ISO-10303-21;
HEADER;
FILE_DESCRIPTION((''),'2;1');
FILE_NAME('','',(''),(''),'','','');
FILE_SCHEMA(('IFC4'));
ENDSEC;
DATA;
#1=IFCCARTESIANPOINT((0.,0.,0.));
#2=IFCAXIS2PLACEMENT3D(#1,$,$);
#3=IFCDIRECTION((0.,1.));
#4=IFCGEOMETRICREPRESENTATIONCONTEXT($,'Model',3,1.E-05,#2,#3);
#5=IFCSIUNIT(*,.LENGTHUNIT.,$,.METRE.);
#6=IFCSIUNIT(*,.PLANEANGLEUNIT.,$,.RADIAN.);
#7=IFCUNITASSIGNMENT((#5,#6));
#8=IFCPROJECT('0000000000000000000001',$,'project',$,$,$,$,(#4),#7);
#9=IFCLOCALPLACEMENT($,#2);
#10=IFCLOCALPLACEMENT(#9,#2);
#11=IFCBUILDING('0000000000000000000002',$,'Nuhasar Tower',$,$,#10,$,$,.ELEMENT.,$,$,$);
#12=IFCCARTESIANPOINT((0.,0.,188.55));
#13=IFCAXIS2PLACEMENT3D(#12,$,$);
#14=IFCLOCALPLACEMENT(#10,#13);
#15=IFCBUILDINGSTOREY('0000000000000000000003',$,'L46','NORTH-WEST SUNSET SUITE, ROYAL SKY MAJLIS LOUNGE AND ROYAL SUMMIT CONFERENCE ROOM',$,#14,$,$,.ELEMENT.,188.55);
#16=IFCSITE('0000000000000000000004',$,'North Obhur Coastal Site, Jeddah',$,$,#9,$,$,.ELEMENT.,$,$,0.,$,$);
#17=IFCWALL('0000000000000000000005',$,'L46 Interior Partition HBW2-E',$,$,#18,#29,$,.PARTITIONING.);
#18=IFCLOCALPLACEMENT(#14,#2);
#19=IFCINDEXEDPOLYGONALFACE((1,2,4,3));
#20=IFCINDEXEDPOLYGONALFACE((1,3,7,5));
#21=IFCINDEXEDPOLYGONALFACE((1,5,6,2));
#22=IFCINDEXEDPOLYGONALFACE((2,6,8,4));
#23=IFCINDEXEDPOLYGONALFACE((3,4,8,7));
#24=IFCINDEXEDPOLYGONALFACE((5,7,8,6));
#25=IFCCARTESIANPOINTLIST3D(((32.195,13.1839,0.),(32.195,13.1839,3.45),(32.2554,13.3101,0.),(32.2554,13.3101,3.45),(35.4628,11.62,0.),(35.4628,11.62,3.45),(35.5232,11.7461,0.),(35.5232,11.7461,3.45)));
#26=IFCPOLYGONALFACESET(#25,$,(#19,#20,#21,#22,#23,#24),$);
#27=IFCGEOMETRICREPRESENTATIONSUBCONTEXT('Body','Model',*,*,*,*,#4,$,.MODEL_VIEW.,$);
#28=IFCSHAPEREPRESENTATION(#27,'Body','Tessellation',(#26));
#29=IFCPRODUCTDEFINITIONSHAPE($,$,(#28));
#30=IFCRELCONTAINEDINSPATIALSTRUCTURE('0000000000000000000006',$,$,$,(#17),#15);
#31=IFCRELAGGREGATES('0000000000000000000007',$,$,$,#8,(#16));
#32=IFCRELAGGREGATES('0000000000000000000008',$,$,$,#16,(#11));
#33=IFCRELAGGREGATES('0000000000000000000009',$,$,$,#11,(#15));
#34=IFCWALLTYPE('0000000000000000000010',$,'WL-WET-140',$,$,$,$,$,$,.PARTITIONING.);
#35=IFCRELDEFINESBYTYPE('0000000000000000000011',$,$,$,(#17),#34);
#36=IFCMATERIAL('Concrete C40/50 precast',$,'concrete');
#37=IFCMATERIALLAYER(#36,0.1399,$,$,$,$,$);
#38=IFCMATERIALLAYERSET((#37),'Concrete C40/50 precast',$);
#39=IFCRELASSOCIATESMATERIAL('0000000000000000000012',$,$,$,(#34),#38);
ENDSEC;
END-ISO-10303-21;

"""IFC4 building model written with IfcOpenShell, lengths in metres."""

from ifc_helpers import new_model, si_unit, direction, frame, frame_2d, origin, place, context, subcontext, project, spatial, rectangle, extrude, material, layer, layer_set, type_object, element, save


model = new_model("IFC4")

# Units and contexts
model_context = context("Model", 3, precision=1e-05, world=origin(), true_north=direction((0.0, 1.0)))
body_context = subcontext(model_context, "Body", "Model", "MODEL_VIEW")
ifc_project = project(units=[si_unit("LENGTHUNIT", "METRE"), si_unit("PLANEANGLEUNIT", "RADIAN")], contexts=[model_context])

# Site, building, storey
site_placement = place(None, origin())
site = spatial("IfcSite", under=ifc_project, at=site_placement, Name="North Obhur Coastal Site, Jeddah", CompositionType="ELEMENT", RefElevation=0.0)
building_placement = place(site_placement, origin())
building = spatial("IfcBuilding", under=site, at=building_placement, Name="Nuhasar Tower", CompositionType="ELEMENT")
storey_placement = place(building_placement, frame((0.0, 0.0, 188.55)))
storey = spatial("IfcBuildingStorey", under=building, at=storey_placement, Name="L46", Description="NORTH-WEST SUNSET SUITE, ROYAL SKY MAJLIS LOUNGE AND ROYAL SUMMIT CONFERENCE ROOM", CompositionType="ELEMENT", Elevation=188.55)

# Shared definitions
ifc_material_1 = material(Name="Concrete C40/50 precast", Category="concrete")
ifc_layer_1 = layer(ifc_material_1, 0.1399)
ifc_layer_set_1 = layer_set([ifc_layer_1], Name="Concrete C40/50 precast")
wall_type_1 = type_object("IfcWallType", Name="WL-WET-140", PredefinedType="PARTITIONING", material=ifc_layer_set_1)

# Wall
wall_1_placement = place(storey_placement, frame((32.2251, 13.2471, 0.0), z_axis=(0.0, 0.0, 1.0), x_axis=(0.902017, -0.431701, 0.0)))
element("IfcWall", 1, at=wall_1_placement, inside=storey, type_object=wall_type_1, Name="L46 Interior Partition HBW2-E", PredefinedType="PARTITIONING", context=body_context, shape_type="SweptSolid", body=[
    extrude(rectangle(XDim=3.6228, YDim=0.1399, at=frame_2d((1.8115, 0.0))), origin(), (0.0, 0.0, 1.0), 3.45),
])

save(model, "model.ifc")
